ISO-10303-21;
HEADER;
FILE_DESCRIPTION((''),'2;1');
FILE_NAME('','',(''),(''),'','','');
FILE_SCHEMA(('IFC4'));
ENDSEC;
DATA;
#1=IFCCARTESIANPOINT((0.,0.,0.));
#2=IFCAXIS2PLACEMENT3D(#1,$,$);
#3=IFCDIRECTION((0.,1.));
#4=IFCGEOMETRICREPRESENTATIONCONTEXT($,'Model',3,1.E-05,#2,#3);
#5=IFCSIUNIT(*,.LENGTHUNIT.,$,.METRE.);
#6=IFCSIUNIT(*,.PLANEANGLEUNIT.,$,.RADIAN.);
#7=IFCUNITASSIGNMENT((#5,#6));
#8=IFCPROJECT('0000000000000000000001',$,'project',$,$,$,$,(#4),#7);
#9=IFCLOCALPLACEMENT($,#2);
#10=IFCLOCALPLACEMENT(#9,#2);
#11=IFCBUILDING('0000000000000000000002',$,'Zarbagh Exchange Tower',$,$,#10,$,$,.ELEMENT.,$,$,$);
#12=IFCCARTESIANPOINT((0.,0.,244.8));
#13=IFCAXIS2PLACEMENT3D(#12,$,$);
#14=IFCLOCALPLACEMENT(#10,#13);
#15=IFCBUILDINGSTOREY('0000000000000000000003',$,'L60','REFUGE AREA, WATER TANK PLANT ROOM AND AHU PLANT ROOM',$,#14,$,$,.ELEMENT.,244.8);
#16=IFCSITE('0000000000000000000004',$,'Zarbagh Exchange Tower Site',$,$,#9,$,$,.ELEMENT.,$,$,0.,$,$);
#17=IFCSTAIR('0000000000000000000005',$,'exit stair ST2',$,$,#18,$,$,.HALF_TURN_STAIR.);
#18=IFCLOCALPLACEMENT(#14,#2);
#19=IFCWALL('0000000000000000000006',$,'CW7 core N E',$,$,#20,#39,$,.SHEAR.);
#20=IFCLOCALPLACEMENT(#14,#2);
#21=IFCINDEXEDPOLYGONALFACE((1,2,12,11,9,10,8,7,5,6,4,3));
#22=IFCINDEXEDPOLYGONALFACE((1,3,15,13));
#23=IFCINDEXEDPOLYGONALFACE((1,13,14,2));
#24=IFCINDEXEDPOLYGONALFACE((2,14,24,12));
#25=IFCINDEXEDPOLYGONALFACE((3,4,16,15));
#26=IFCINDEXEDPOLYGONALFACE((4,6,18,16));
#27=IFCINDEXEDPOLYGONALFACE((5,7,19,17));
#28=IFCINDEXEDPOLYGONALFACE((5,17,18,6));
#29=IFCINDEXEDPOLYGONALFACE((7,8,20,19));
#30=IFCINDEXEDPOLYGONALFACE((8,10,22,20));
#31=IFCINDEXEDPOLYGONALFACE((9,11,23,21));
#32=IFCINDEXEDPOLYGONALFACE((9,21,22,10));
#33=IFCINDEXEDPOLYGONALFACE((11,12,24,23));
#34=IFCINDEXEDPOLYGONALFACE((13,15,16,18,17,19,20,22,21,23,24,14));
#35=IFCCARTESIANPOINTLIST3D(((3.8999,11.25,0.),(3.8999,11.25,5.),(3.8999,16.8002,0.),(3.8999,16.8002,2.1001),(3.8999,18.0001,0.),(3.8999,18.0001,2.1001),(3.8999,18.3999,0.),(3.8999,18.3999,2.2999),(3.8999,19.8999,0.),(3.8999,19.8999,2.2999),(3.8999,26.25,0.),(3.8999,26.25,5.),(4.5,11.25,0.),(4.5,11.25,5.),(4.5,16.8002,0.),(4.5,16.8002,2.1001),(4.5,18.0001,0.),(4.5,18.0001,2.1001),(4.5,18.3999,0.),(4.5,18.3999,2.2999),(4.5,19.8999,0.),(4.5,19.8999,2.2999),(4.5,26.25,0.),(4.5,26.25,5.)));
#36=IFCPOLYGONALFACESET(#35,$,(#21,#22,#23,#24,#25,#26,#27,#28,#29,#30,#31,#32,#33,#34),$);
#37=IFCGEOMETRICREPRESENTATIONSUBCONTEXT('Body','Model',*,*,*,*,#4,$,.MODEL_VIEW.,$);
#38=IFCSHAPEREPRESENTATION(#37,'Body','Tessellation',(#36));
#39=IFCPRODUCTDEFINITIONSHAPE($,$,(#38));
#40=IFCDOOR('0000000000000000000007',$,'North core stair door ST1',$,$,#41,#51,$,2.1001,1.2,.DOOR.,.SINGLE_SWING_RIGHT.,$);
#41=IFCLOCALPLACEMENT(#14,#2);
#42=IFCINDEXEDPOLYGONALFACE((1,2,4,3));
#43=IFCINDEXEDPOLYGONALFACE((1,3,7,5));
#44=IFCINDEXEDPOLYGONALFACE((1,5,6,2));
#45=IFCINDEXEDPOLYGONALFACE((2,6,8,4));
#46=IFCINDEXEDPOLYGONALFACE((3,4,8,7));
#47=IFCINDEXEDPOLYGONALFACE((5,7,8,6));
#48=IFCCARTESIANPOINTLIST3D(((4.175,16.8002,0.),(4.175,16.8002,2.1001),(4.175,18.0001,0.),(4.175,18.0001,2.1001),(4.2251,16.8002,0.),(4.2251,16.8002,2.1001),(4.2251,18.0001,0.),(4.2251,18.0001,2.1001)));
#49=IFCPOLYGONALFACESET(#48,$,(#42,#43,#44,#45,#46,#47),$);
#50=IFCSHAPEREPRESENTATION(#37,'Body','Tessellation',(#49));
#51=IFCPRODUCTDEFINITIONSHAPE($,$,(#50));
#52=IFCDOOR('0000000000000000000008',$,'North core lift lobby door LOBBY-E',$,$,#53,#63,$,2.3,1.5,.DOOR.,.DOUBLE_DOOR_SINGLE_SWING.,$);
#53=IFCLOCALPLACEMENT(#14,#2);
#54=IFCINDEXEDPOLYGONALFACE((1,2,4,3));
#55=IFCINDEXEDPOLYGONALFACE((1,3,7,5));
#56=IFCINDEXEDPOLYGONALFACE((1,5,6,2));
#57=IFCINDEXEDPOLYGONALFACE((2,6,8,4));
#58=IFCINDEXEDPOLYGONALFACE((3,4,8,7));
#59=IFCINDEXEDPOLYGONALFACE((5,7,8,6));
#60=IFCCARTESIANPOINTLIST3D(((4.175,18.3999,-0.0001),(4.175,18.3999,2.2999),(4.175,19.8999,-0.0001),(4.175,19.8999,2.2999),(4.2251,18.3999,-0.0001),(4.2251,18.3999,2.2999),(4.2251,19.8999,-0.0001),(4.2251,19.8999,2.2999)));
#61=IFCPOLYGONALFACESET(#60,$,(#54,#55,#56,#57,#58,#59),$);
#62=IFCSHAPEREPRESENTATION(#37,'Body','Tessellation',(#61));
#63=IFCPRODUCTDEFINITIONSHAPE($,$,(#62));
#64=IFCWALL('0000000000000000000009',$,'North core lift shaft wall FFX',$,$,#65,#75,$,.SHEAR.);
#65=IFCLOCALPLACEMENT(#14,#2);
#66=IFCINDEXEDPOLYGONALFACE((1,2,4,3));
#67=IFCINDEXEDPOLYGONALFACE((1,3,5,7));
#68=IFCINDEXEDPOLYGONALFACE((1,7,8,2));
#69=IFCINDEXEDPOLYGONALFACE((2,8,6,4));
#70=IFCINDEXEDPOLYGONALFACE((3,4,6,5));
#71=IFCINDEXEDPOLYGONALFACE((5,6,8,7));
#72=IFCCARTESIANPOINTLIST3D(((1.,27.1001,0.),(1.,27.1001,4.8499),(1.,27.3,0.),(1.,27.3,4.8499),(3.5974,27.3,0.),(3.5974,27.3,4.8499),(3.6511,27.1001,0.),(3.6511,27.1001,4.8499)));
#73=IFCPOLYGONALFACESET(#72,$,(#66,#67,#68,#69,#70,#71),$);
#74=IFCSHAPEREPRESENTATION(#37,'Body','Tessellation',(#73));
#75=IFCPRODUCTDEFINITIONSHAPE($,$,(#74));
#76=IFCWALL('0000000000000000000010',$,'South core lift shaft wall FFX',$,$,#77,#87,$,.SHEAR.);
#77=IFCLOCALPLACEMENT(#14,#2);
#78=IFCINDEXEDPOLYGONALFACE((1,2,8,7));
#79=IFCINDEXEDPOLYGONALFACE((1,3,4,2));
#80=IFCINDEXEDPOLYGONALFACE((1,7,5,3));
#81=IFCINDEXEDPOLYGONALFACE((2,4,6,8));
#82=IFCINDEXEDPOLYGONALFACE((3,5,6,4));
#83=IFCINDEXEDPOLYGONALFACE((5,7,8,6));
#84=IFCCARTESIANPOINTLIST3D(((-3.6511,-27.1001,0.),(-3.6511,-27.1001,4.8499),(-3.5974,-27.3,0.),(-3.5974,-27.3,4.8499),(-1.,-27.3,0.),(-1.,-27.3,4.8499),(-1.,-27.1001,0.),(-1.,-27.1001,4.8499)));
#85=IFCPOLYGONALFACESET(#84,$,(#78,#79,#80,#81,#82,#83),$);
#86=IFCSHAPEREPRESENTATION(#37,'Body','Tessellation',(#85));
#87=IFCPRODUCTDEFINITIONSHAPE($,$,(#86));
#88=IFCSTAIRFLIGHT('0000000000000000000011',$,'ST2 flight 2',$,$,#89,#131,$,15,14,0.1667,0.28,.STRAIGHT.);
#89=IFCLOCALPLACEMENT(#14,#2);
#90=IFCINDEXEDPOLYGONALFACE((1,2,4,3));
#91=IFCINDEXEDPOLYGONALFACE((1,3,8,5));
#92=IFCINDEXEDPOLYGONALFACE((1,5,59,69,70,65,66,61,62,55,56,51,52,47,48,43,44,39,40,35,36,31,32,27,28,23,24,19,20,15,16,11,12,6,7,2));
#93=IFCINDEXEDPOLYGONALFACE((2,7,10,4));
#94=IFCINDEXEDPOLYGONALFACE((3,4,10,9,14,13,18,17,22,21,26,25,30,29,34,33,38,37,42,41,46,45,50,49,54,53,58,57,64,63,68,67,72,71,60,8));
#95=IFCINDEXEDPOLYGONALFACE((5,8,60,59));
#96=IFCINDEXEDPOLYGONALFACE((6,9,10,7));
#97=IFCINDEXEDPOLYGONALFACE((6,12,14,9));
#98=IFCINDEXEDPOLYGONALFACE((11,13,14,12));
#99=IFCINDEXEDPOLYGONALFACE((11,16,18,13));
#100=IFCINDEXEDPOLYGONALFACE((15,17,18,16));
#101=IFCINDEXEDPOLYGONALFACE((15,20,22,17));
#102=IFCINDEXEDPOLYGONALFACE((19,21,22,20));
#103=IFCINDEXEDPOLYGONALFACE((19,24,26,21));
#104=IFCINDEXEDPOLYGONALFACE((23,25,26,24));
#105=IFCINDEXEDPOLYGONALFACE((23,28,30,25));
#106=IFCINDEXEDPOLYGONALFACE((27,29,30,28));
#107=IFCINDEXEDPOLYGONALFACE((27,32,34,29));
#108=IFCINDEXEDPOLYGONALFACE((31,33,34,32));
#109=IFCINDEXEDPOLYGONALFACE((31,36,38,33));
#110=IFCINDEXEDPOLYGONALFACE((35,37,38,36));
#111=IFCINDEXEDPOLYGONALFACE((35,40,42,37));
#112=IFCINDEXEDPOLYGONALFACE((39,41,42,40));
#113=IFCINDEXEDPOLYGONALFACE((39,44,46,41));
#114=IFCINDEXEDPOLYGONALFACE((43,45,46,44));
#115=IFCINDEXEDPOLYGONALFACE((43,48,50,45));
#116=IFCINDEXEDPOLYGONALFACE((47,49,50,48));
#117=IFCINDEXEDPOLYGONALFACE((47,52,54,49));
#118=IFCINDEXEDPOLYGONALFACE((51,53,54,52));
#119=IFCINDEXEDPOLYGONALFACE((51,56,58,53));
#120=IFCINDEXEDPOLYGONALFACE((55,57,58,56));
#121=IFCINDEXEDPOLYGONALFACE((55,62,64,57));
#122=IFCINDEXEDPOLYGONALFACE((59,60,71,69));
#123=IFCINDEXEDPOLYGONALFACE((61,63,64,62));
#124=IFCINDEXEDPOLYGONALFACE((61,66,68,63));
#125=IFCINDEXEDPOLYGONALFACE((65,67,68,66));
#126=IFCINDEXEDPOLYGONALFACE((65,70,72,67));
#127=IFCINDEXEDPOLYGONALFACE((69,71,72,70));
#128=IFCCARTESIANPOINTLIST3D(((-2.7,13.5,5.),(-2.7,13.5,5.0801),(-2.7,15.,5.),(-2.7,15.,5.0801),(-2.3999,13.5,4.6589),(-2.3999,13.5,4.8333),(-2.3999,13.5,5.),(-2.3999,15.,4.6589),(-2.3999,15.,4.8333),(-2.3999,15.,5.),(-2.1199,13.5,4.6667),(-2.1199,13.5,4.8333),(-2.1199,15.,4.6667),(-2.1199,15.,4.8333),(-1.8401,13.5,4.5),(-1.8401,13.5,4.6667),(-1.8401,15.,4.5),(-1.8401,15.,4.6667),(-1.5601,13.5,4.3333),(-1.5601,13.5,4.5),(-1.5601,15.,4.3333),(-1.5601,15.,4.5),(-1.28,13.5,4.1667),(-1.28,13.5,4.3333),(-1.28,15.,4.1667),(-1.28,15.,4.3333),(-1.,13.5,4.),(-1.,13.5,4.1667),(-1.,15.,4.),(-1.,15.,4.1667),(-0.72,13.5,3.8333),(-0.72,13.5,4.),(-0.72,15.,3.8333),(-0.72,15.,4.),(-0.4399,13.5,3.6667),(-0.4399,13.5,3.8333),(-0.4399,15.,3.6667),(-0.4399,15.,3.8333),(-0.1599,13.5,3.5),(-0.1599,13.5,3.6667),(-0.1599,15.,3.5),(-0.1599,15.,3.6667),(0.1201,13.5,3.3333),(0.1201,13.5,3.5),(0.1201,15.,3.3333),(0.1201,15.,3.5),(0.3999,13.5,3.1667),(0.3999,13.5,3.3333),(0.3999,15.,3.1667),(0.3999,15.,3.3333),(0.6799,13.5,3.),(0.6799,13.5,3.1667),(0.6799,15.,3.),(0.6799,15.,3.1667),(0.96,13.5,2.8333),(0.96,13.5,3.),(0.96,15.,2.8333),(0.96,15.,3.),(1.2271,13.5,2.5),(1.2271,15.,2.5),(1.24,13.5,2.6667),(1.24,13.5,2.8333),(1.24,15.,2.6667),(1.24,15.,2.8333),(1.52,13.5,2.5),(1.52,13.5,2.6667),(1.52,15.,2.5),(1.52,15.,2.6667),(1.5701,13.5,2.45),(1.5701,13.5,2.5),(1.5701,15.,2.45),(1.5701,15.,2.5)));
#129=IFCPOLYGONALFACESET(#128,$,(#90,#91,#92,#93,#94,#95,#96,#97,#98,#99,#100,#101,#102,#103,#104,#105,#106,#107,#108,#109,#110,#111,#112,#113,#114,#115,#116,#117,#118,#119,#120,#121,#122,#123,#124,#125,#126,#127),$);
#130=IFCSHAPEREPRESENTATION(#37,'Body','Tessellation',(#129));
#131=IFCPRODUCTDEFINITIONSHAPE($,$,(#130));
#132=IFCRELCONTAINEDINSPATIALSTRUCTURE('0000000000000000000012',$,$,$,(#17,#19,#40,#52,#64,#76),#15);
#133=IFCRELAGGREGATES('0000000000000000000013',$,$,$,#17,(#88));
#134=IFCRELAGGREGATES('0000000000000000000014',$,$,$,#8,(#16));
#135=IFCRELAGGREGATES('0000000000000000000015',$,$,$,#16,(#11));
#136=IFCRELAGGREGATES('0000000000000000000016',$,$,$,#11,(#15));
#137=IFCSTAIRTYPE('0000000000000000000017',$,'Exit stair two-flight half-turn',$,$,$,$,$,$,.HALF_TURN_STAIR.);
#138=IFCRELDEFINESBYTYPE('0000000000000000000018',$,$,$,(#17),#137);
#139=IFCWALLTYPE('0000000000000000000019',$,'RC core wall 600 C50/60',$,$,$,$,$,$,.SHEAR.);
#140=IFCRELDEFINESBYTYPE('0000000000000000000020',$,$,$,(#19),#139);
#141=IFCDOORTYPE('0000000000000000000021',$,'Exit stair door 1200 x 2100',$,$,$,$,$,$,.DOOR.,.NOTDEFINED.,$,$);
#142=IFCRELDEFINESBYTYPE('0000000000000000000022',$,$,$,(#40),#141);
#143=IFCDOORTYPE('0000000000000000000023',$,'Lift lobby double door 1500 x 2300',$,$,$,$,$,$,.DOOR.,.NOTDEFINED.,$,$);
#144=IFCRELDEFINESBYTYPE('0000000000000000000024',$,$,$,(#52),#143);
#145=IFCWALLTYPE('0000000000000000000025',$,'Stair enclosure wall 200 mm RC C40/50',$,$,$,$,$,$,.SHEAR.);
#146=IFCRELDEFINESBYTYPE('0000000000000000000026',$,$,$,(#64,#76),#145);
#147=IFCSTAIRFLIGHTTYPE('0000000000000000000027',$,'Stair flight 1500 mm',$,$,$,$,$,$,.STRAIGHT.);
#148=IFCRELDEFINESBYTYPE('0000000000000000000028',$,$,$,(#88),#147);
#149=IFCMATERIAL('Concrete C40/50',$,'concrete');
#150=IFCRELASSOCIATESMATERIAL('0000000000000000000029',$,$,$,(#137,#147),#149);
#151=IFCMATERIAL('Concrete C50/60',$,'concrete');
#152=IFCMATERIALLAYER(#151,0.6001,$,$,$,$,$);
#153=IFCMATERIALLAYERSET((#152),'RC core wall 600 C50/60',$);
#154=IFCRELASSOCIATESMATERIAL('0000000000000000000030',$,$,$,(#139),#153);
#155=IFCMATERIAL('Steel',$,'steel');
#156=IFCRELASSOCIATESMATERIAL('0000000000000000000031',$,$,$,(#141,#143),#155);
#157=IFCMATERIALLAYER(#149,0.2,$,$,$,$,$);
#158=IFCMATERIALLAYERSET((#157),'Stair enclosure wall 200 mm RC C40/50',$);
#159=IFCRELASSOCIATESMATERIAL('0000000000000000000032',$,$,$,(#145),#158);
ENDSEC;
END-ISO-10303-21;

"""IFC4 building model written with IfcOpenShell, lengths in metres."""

from ifc_helpers import new_model, si_unit, direction, frame, frame_2d, origin, place, context, subcontext, project, spatial, polyline, rectangle, outline, extrude, material, layer, layer_set, type_object, element, fill, aggregate, save


model = new_model("IFC4")

# Units and contexts
model_context = context("Model", 3, precision=1e-05, world=origin(), true_north=direction((0.0, 1.0)))
body_context = subcontext(model_context, "Body", "Model", "MODEL_VIEW")
ifc_project = project(units=[si_unit("LENGTHUNIT", "METRE"), si_unit("PLANEANGLEUNIT", "RADIAN")], contexts=[model_context])

# Site, building, storey
site_placement = place(None, origin())
site = spatial("IfcSite", under=ifc_project, at=site_placement, Name="Zarbagh Exchange Tower Site", CompositionType="ELEMENT", RefElevation=0.0)
building_placement = place(site_placement, origin())
building = spatial("IfcBuilding", under=site, at=building_placement, Name="Zarbagh Exchange Tower", CompositionType="ELEMENT")
storey_placement = place(building_placement, frame((0.0, 0.0, 244.8)))
storey = spatial("IfcBuildingStorey", under=building, at=storey_placement, Name="L60", Description="REFUGE AREA, WATER TANK PLANT ROOM AND AHU PLANT ROOM", CompositionType="ELEMENT", Elevation=244.8)

# Shared definitions
ifc_material_1 = material(Name="Concrete C50/60", Category="concrete")

# Stair
ifc_material_2 = material(Name="Concrete C40/50", Category="concrete")
stair_type = type_object("IfcStairType", Name="Exit stair two-flight half-turn", PredefinedType="HALF_TURN_STAIR", material=ifc_material_2)
stair_1_placement = place(storey_placement, origin())
stair_1 = element("IfcStair", 1, at=stair_1_placement, inside=storey, type_object=stair_type, Name="exit stair ST2", PredefinedType="HALF_TURN_STAIR")

# Wall, openings, doors
ifc_layer_1 = layer(ifc_material_1, 0.6001)
ifc_layer_set_1 = layer_set([ifc_layer_1], Name="RC core wall 600 C50/60")
wall_type_1 = type_object("IfcWallType", Name="RC core wall 600 C50/60", PredefinedType="SHEAR", material=ifc_layer_set_1)
wall_1_placement = place(storey_placement, frame((4.2, 11.25, 0.0), z_axis=(0.0, 0.0, 1.0), x_axis=(0.0, 1.0, 0.0)))
wall_1 = element("IfcWall", 2, at=wall_1_placement, inside=storey, type_object=wall_type_1, Name="CW7 core N E", PredefinedType="SHEAR", context=body_context, shape_type="SweptSolid", body=[
    extrude(rectangle(XDim=15.0, YDim=0.6001, at=frame_2d((7.5, 0.0))), origin(), (0.0, 0.0, 1.0), 5.0),
])
opening_1_placement = place(wall_1_placement, frame((7.1499, 0.0, 0.0)))
opening_1 = element("IfcOpeningElement", 3, at=opening_1_placement, cuts=wall_1, PredefinedType="OPENING", context=body_context, shape_type="SweptSolid", body=[
    extrude(rectangle(XDim=1.5, YDim=2.3, at=frame_2d((0.75, 1.1499))), frame((0.0, 0.3101, 0.0), z_axis=(0.0, -1.0, 0.0), x_axis=(1.0, 0.0, 0.0)), (0.0, 0.0, 1.0), 0.6201),
])
opening_2_placement = place(wall_1_placement, frame((5.55, 0.0, 0.0)))
opening_2 = element("IfcOpeningElement", 4, at=opening_2_placement, cuts=wall_1, PredefinedType="OPENING", context=body_context, shape_type="SweptSolid", body=[
    extrude(rectangle(XDim=1.2, YDim=2.1001, at=frame_2d((0.6001, 1.05))), frame((0.0, 0.3101, 0.0), z_axis=(0.0, -1.0, 0.0), x_axis=(1.0, 0.0, 0.0)), (0.0, 0.0, 1.0), 0.6201),
])
ifc_material_3 = material(Name="Steel", Category="steel")
door_type_1 = type_object("IfcDoorType", Name="Exit stair door 1200 x 2100", OperationType="NOTDEFINED", PredefinedType="DOOR", material=ifc_material_3)
door_1_placement = place(opening_2_placement, origin())
door_1 = element("IfcDoor", 5, at=door_1_placement, inside=storey, type_object=door_type_1, Name="North core stair door ST1", OperationType="SINGLE_SWING_RIGHT", OverallHeight=2.1001, OverallWidth=1.2, PredefinedType="DOOR", context=body_context, shape_type="SweptSolid", body=[
    extrude(rectangle(XDim=1.2, YDim=2.1001, at=frame_2d((0.6001, 1.05))), frame((0.0, 0.0249, 0.0), z_axis=(0.0, -1.0, 0.0), x_axis=(1.0, 0.0, 0.0)), (0.0, 0.0, 1.0), 0.05),
])
fill(opening_2, door_1)
door_type_2 = type_object("IfcDoorType", Name="Lift lobby double door 1500 x 2300", OperationType="NOTDEFINED", PredefinedType="DOOR", material=ifc_material_3)
door_2_placement = place(opening_1_placement, origin())
door_2 = element("IfcDoor", 6, at=door_2_placement, inside=storey, type_object=door_type_2, Name="North core lift lobby door LOBBY-E", OperationType="DOUBLE_DOOR_SINGLE_SWING", OverallHeight=2.3, OverallWidth=1.5, PredefinedType="DOOR", context=body_context, shape_type="SweptSolid", body=[
    extrude(rectangle(XDim=1.5, YDim=2.3, at=frame_2d((0.75, 1.1499))), frame((0.0, 0.0249, 0.0), z_axis=(0.0, -1.0, 0.0), x_axis=(1.0, 0.0, 0.0)), (0.0, 0.0, 1.0), 0.05),
])
fill(opening_1, door_2)

# Walls
ifc_layer_2 = layer(ifc_material_2, 0.2)
ifc_layer_set_2 = layer_set([ifc_layer_2], Name="Stair enclosure wall 200 mm RC C40/50")
wall_type_2 = type_object("IfcWallType", Name="Stair enclosure wall 200 mm RC C40/50", PredefinedType="SHEAR", material=ifc_layer_set_2)
wall_2_placement = place(storey_placement, origin())
element("IfcWall", 7, at=wall_2_placement, inside=storey, type_object=wall_type_2, Name="North core lift shaft wall FFX", PredefinedType="SHEAR", context=body_context, shape_type="SweptSolid", body=[
    extrude(outline(polyline([(1.0, 27.1001), (3.6511, 27.1001), (3.5974, 27.3), (1.0, 27.3), (1.0, 27.1001)])), origin(), (0.0, 0.0, 1.0), 4.8499),
])
wall_3_placement = place(storey_placement, origin())
element("IfcWall", 8, at=wall_3_placement, inside=storey, type_object=wall_type_2, Name="South core lift shaft wall FFX", PredefinedType="SHEAR", context=body_context, shape_type="SweptSolid", body=[
    extrude(outline(polyline([(-1.0, -27.1001), (-3.6511, -27.1001), (-3.5974, -27.3), (-1.0, -27.3), (-1.0, -27.1001)])), origin(), (0.0, 0.0, 1.0), 4.8499),
])

# Stair flight
stair_flight_type = type_object("IfcStairFlightType", Name="Stair flight 1500 mm", PredefinedType="STRAIGHT", material=ifc_material_2)
stair_flight_placement = place(storey_placement, frame((1.52, 14.25, 2.5), z_axis=(0.0, 0.0, 1.0), x_axis=(-1.0, 0.0, 0.0)))
stair_flight = element("IfcStairFlight", 9, at=stair_flight_placement, type_object=stair_flight_type, Name="ST2 flight 2", NumberOfRisers=15, NumberOfTreads=14, PredefinedType="STRAIGHT", RiserHeight=0.1667, TreadLength=0.28, context=body_context, shape_type="SweptSolid", body=[
    extrude(outline(polyline([(-0.05, -0.05), (-0.05, 0.0), (0.0, 0.0), (0.0, 0.1667), (0.28, 0.1667), (0.28, 0.3333), (0.5601, 0.3333), (0.5601, 0.5), (0.8401, 0.5), (0.8401, 0.6667), (1.1201, 0.6667), (1.1201, 0.8333), (1.3999, 0.8333), (1.3999, 1.0), (1.6799, 1.0), (1.6799, 1.1667), (1.96, 1.1667), (1.96, 1.3333), (2.24, 1.3333), (2.24, 1.5), (2.52, 1.5), (2.52, 1.6667), (2.8, 1.6667), (2.8, 1.8333), (3.0801, 1.8333), (3.0801, 2.0), (3.3601, 2.0), (3.3601, 2.1667), (3.6399, 2.1667), (3.6399, 2.3333), (3.9199, 2.3333), (3.9199, 2.5), (4.22, 2.5801), (4.22, 2.5), (3.9199, 2.1589), (0.293, 0.0), (-0.05, -0.05)])), frame((0.0, 0.75, 0.0), z_axis=(0.0, -1.0, 0.0), x_axis=(1.0, 0.0, 0.0)), (0.0, 0.0, 1.0), 1.5),
])
aggregate(stair_1, [stair_flight])

save(model, "model.ifc")
